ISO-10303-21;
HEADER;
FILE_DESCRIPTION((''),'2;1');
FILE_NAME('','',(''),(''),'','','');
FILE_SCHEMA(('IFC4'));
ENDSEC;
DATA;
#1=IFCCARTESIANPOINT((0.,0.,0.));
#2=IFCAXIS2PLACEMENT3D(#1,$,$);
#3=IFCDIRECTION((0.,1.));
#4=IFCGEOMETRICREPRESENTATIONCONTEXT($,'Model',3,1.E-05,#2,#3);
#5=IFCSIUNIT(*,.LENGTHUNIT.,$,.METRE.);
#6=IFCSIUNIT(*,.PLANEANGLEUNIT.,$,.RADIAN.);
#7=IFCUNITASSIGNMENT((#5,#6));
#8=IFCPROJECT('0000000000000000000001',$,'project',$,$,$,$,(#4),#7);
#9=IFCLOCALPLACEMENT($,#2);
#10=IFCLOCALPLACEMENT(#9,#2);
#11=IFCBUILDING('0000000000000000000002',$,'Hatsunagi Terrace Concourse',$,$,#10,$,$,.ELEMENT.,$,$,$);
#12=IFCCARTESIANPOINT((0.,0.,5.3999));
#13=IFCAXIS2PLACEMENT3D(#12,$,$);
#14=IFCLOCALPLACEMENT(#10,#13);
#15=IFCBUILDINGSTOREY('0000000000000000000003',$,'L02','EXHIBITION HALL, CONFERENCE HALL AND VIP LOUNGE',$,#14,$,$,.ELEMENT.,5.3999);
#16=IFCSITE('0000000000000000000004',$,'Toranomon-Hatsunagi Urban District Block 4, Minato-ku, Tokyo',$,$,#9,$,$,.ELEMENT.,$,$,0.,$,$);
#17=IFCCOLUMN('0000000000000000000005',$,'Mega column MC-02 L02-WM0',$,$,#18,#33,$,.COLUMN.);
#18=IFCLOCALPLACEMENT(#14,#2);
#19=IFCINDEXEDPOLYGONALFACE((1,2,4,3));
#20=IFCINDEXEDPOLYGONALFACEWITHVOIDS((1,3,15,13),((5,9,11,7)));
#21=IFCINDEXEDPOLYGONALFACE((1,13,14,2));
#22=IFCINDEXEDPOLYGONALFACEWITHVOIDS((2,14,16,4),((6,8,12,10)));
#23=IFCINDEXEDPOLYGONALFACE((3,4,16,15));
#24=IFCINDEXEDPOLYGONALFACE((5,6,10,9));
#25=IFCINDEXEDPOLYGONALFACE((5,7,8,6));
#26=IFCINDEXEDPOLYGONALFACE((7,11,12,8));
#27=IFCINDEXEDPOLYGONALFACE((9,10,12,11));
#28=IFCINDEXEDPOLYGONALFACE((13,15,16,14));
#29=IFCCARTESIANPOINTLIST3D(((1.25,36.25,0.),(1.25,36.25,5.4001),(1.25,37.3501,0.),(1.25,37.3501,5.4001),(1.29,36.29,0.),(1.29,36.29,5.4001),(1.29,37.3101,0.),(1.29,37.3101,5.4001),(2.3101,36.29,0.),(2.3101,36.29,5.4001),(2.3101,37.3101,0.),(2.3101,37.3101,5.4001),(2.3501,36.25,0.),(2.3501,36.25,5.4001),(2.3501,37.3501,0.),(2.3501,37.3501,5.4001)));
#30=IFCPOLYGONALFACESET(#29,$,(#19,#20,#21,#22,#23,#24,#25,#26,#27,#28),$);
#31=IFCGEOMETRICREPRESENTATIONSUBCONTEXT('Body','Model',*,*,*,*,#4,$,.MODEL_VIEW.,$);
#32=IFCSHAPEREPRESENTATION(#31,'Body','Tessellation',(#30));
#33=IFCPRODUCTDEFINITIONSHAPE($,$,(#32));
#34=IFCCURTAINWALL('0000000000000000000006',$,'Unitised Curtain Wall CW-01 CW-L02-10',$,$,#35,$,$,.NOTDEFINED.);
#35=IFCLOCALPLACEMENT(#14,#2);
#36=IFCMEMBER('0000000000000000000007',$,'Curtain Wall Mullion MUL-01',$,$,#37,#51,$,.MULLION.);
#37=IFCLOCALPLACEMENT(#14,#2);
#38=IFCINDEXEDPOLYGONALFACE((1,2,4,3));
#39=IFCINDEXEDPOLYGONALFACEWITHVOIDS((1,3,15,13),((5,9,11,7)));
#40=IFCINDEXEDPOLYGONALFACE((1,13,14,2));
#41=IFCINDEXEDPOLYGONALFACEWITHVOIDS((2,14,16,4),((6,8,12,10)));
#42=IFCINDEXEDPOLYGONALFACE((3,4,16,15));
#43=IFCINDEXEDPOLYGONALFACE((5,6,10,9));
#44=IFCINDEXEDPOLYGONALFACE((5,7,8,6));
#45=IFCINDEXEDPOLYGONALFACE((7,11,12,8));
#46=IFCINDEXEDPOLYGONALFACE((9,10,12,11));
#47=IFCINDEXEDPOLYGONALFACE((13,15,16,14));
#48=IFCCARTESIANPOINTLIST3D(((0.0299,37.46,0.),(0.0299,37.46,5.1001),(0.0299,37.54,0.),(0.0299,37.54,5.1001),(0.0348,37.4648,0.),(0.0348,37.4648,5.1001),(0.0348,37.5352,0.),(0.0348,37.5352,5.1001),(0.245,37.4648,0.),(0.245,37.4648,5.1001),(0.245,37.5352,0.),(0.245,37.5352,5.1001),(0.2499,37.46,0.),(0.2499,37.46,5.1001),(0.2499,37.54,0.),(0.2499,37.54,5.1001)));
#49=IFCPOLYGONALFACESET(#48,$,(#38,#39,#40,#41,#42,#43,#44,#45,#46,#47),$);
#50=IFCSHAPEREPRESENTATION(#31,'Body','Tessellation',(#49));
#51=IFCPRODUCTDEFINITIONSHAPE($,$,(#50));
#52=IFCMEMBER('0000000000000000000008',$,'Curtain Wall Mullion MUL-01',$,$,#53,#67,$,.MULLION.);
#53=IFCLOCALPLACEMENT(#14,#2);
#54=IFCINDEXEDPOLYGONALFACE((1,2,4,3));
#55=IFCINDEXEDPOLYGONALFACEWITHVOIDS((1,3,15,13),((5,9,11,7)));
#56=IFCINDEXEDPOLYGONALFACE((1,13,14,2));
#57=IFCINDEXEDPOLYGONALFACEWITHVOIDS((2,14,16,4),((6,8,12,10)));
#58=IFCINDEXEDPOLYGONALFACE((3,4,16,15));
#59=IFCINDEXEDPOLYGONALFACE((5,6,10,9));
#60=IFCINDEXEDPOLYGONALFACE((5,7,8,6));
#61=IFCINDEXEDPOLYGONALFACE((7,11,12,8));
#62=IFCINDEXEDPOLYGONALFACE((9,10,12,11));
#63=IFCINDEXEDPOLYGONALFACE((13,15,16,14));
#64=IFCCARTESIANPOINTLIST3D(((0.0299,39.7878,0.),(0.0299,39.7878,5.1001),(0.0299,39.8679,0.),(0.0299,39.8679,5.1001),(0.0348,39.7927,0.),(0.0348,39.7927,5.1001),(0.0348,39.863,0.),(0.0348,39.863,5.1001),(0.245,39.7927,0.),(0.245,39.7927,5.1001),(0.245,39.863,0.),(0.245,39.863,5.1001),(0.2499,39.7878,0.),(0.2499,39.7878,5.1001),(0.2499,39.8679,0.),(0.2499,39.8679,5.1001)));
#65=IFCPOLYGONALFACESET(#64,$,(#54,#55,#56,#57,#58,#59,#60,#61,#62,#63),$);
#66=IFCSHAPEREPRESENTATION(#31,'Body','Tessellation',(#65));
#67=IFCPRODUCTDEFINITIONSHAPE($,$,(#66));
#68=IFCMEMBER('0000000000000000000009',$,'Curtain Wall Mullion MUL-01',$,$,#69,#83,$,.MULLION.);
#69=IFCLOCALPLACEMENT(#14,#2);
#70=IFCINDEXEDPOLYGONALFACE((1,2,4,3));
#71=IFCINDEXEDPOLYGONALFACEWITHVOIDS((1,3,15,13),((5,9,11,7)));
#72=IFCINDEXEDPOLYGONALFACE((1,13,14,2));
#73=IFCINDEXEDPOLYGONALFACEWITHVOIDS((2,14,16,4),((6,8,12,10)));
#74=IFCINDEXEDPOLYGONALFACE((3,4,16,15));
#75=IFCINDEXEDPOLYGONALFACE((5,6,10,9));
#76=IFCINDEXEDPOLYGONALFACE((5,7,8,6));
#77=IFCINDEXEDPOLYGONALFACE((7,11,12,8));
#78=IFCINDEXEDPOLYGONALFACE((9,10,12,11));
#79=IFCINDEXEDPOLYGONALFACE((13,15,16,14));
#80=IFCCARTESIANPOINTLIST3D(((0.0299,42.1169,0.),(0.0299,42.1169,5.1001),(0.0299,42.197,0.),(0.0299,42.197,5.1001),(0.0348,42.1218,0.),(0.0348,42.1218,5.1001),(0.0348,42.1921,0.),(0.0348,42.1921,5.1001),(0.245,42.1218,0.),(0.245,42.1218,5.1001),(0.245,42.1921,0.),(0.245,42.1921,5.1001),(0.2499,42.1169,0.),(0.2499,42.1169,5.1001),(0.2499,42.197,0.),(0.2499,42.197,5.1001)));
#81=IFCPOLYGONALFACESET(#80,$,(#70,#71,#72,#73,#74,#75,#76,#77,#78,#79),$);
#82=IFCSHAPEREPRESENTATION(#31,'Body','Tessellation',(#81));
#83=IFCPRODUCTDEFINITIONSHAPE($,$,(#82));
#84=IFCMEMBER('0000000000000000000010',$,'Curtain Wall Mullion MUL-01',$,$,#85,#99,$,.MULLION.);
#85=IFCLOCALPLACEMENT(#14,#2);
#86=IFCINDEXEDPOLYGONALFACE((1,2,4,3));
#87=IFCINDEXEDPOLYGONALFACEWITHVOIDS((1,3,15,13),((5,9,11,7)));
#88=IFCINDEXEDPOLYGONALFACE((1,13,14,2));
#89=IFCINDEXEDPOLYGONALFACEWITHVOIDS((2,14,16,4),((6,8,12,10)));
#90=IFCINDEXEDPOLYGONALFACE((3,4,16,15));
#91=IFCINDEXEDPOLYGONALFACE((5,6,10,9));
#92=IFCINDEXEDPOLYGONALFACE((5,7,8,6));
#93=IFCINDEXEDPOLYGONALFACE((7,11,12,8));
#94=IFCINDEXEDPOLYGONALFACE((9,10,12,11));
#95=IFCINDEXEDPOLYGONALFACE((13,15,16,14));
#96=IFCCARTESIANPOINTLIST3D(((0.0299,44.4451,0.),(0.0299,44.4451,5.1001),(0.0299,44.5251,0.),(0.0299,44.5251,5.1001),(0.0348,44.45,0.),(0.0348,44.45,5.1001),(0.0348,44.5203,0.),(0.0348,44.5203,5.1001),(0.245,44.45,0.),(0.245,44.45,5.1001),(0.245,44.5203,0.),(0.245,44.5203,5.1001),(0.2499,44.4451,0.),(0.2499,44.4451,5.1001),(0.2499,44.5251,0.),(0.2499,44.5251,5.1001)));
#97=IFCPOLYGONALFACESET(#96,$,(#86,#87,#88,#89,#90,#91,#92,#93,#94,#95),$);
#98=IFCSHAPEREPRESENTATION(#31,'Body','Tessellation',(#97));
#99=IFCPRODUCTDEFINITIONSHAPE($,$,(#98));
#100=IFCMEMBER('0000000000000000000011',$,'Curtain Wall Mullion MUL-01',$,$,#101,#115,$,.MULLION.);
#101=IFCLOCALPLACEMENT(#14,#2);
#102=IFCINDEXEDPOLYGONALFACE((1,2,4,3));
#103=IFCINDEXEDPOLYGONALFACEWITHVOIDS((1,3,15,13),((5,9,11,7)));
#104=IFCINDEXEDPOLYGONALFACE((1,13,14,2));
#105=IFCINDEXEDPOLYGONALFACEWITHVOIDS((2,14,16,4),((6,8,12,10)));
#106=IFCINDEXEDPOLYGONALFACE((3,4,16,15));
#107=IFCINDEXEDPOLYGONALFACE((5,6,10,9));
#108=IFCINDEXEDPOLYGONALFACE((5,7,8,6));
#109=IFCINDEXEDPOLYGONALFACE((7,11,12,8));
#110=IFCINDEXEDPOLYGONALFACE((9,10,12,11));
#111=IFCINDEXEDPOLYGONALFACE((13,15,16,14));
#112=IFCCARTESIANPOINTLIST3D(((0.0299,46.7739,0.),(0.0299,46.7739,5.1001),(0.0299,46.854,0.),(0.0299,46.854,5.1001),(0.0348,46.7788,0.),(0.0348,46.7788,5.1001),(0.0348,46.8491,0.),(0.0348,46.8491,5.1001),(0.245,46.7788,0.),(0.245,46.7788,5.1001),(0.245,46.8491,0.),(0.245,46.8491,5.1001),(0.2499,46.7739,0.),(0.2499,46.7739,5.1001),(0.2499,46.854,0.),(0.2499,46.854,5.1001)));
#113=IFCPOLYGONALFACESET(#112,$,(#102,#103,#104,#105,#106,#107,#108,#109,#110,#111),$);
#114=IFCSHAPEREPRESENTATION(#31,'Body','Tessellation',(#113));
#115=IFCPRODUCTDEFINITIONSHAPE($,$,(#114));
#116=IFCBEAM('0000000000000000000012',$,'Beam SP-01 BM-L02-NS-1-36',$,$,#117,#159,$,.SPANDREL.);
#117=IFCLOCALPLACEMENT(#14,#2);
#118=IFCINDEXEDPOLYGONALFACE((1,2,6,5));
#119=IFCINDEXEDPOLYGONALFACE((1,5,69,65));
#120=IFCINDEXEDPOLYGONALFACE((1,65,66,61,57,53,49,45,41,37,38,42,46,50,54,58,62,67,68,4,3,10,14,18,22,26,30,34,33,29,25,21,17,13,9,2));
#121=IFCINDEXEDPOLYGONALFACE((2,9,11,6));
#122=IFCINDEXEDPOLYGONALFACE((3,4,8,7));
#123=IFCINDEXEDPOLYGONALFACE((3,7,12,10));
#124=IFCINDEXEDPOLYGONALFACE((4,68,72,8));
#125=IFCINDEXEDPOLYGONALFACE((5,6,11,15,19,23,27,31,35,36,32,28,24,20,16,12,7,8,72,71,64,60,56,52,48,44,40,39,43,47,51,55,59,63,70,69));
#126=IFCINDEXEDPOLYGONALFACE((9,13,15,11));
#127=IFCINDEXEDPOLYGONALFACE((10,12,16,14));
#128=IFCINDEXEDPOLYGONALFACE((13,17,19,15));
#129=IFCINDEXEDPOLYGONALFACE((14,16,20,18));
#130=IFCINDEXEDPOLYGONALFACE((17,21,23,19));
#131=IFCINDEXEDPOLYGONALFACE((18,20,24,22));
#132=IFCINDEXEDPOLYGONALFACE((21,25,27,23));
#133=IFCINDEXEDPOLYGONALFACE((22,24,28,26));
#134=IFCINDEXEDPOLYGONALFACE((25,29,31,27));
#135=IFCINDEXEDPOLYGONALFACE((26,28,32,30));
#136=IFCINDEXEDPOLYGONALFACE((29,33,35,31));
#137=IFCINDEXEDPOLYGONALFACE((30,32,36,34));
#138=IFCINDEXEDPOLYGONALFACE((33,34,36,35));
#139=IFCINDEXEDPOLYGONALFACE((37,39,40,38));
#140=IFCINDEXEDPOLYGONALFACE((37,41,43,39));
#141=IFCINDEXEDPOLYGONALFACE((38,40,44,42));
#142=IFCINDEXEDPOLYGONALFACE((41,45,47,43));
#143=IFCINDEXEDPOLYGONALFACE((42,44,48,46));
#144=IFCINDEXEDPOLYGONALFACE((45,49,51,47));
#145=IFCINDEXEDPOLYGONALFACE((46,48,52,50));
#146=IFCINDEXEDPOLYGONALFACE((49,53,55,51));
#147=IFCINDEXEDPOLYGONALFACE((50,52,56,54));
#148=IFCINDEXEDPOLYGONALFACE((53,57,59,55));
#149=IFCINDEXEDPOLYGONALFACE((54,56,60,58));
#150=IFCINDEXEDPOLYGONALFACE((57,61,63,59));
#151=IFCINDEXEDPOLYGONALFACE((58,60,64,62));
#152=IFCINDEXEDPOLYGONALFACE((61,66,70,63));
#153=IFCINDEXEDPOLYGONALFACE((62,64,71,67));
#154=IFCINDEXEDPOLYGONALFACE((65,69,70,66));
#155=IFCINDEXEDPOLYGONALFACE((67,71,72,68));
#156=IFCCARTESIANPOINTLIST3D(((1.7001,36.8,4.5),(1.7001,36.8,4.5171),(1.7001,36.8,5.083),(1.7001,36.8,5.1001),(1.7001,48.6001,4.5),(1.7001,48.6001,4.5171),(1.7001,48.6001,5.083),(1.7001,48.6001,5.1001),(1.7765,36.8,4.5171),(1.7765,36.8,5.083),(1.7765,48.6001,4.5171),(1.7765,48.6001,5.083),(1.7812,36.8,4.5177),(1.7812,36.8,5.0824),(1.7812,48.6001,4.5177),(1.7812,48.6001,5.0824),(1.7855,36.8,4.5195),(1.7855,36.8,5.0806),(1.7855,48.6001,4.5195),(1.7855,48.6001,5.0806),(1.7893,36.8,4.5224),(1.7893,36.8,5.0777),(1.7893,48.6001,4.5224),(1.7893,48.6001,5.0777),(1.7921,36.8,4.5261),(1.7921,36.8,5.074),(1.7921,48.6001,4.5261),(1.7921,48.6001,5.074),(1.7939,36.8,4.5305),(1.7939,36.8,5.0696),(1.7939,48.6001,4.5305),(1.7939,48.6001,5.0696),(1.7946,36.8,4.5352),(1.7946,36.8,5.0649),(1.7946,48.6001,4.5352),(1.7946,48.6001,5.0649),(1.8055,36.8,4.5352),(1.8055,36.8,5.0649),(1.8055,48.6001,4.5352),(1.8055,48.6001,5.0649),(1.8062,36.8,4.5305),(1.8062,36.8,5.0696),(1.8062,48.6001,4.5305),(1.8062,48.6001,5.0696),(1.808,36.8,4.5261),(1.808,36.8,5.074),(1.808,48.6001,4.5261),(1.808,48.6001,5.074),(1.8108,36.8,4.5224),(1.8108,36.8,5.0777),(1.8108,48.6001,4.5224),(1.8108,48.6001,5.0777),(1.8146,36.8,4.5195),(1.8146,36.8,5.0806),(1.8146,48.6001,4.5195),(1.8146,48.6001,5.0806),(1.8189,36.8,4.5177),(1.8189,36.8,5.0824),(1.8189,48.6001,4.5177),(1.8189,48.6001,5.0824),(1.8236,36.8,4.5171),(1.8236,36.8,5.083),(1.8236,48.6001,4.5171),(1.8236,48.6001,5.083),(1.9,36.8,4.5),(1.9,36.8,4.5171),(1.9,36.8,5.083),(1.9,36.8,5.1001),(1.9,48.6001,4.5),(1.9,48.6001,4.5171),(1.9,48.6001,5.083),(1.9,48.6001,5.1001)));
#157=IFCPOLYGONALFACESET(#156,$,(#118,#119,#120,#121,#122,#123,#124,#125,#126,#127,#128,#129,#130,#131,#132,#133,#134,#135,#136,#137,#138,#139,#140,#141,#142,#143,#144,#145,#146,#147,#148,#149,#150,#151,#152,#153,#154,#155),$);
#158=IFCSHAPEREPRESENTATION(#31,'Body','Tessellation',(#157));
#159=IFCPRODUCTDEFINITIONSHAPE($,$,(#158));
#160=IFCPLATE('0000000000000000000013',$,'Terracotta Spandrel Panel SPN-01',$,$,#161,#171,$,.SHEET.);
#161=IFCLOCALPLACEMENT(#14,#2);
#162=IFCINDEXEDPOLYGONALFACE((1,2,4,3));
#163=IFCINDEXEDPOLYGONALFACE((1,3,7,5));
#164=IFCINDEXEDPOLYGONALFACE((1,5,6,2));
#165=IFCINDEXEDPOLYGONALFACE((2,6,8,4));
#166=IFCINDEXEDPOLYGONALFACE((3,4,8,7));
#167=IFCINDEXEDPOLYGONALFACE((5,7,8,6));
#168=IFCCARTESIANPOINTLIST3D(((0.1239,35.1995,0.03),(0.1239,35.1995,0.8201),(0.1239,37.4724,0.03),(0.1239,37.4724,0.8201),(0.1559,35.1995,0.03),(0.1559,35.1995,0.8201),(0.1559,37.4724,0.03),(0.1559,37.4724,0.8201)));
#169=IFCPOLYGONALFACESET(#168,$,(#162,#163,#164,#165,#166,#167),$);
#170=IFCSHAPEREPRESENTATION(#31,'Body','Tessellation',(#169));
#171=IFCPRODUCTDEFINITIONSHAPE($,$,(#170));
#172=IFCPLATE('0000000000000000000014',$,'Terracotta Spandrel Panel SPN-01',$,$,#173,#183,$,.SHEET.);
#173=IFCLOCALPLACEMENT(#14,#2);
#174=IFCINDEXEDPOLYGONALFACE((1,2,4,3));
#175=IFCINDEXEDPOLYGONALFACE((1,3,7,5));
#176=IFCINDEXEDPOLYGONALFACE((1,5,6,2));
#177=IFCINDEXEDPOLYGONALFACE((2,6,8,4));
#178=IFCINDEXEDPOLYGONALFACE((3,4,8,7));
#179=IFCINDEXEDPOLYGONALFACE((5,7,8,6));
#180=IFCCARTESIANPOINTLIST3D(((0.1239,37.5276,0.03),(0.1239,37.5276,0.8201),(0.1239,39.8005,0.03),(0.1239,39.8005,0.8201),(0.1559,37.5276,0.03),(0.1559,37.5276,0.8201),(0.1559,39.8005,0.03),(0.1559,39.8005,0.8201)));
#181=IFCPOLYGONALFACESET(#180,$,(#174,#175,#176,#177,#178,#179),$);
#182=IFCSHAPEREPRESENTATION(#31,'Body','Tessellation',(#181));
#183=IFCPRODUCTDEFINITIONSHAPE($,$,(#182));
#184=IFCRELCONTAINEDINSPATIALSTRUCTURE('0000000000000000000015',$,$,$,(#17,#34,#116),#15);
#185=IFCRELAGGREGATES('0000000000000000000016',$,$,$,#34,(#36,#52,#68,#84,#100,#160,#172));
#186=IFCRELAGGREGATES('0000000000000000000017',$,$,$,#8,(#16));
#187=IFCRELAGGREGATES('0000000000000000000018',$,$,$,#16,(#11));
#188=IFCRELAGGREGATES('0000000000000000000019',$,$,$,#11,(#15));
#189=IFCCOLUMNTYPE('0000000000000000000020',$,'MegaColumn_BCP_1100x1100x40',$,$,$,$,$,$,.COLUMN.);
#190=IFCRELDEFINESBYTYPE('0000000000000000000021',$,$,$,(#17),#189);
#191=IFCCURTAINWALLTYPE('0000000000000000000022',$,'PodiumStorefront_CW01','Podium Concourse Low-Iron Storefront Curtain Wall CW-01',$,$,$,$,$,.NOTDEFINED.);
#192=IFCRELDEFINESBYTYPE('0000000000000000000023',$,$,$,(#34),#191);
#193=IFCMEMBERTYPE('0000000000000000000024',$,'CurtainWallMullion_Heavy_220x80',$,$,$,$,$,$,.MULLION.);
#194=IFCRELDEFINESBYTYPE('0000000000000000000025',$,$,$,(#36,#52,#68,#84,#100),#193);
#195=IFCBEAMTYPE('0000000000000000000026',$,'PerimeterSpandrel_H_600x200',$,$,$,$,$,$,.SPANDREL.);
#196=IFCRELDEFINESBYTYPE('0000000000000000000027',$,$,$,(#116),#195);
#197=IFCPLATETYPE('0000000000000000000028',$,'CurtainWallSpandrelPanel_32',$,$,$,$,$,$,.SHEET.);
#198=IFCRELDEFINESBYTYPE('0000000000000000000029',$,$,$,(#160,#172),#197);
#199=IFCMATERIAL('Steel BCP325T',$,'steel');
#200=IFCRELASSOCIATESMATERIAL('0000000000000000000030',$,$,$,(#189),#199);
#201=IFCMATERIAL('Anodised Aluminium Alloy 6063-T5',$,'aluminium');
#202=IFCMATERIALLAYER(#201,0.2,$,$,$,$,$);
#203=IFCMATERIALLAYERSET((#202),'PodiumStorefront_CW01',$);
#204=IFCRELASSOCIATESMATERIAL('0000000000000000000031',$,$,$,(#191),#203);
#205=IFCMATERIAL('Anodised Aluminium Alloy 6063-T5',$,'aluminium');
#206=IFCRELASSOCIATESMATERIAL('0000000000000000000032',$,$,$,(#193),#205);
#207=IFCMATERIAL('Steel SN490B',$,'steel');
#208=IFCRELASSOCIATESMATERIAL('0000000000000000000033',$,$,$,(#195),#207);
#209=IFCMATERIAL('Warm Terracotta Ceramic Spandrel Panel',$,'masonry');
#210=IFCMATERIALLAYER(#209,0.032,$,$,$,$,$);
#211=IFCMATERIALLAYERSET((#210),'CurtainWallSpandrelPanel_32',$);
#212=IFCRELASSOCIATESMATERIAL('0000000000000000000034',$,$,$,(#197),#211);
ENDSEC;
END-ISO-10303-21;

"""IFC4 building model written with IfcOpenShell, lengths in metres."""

from ifc_helpers import new_model, si_unit, direction, frame, origin, origin_2d, place, context, subcontext, project, spatial, rectangle, hollow_rectangle, i_section, extrude, material, layer, layer_set, material_profile, profile_set, type_object, element, aggregate, save


model = new_model("IFC4")

# Units and contexts
model_context = context("Model", 3, precision=1e-05, world=origin(), true_north=direction((0.0, 1.0)))
body_context = subcontext(model_context, "Body", "Model", "MODEL_VIEW")
ifc_project = project(units=[si_unit("LENGTHUNIT", "METRE"), si_unit("PLANEANGLEUNIT", "RADIAN")], contexts=[model_context])

# Site, building, storey
site_placement = place(None, origin())
site = spatial("IfcSite", under=ifc_project, at=site_placement, Name="Toranomon-Hatsunagi Urban District Block 4, Minato-ku, Tokyo", CompositionType="ELEMENT", RefElevation=0.0)
building_placement = place(site_placement, origin())
building = spatial("IfcBuilding", under=site, at=building_placement, Name="Hatsunagi Terrace Concourse", CompositionType="ELEMENT")
storey_placement = place(building_placement, frame((0.0, 0.0, 5.3999)))
storey = spatial("IfcBuildingStorey", under=building, at=storey_placement, Name="L02", Description="EXHIBITION HALL, CONFERENCE HALL AND VIP LOUNGE", CompositionType="ELEMENT", Elevation=5.3999)

# Column
ifc_material_1 = material(Name="Steel BCP325T", Category="steel")
ifc_material_profile_1 = material_profile(ifc_material_1, hollow_rectangle(XDim=1.1001, YDim=1.1001, WallThickness=0.04, at=origin_2d()), Name="BCP-1100x1100x40")
ifc_profile_set_1 = profile_set([ifc_material_profile_1], Name="Steel BCP325T")
column_type = type_object("IfcColumnType", Name="MegaColumn_BCP_1100x1100x40", PredefinedType="COLUMN", material=ifc_profile_set_1)
column_placement = place(storey_placement, frame((1.8, 36.8, 0.0), z_axis=(0.0, 0.0, 1.0), x_axis=(1.0, 0.0, 0.0)))
element("IfcColumn", 1, at=column_placement, inside=storey, type_object=column_type, Name="Mega column MC-02 L02-WM0", PredefinedType="COLUMN", context=body_context, shape_type="SweptSolid", body=[
    extrude(hollow_rectangle(XDim=1.1001, YDim=1.1001, WallThickness=0.04, at=origin_2d()), origin(), (0.0, 0.0, 1.0), 5.4001),
])

# Curtain wall, members
ifc_material_2 = material(Name="Anodised Aluminium Alloy 6063-T5", Category="aluminium")
ifc_layer_1 = layer(ifc_material_2, 0.2)
ifc_layer_set_1 = layer_set([ifc_layer_1], Name="PodiumStorefront_CW01")
curtain_wall_type = type_object("IfcCurtainWallType", Name="PodiumStorefront_CW01", Description="Podium Concourse Low-Iron Storefront Curtain Wall CW-01", PredefinedType="NOTDEFINED", material=ifc_layer_set_1)
curtain_wall_placement = place(storey_placement, origin())
curtain_wall = element("IfcCurtainWall", 2, at=curtain_wall_placement, inside=storey, type_object=curtain_wall_type, Name="Unitised Curtain Wall CW-01 CW-L02-10", PredefinedType="NOTDEFINED")
ifc_material_3 = material(Name="Anodised Aluminium Alloy 6063-T5", Category="aluminium")
ifc_material_profile_2 = material_profile(ifc_material_3, hollow_rectangle(XDim=0.0801, YDim=0.22, WallThickness=0.0049, at=origin_2d()), Name="ALU-MUL-220x80x5")
ifc_profile_set_2 = profile_set([ifc_material_profile_2], Name="Anodised Aluminium Alloy 6063-T5")
member_type = type_object("IfcMemberType", Name="CurtainWallMullion_Heavy_220x80", PredefinedType="MULLION", material=ifc_profile_set_2)
member_1_placement = place(storey_placement, frame((0.1399, 37.5, 0.0), z_axis=(0.0, 0.0, 1.0), x_axis=(0.0, 1.0, 0.0)))
member_1 = element("IfcMember", 3, at=member_1_placement, type_object=member_type, Name="Curtain Wall Mullion MUL-01", PredefinedType="MULLION", context=body_context, shape_type="SweptSolid", body=[
    extrude(hollow_rectangle(XDim=0.0801, YDim=0.22, WallThickness=0.0049, at=origin_2d()), origin(), (0.0, 0.0, 1.0), 5.1001),
])
member_2_placement = place(storey_placement, frame((0.1399, 39.8279, 0.0), z_axis=(0.0, 0.0, 1.0), x_axis=(0.0, 1.0, 0.0)))
member_2 = element("IfcMember", 4, at=member_2_placement, type_object=member_type, Name="Curtain Wall Mullion MUL-01", PredefinedType="MULLION", context=body_context, shape_type="SweptSolid", body=[
    extrude(hollow_rectangle(XDim=0.0801, YDim=0.22, WallThickness=0.0049, at=origin_2d()), origin(), (0.0, 0.0, 1.0), 5.1001),
])
member_3_placement = place(storey_placement, frame((0.1399, 42.157, 0.0), z_axis=(0.0, 0.0, 1.0), x_axis=(0.0, 1.0, 0.0)))
member_3 = element("IfcMember", 5, at=member_3_placement, type_object=member_type, Name="Curtain Wall Mullion MUL-01", PredefinedType="MULLION", context=body_context, shape_type="SweptSolid", body=[
    extrude(hollow_rectangle(XDim=0.0801, YDim=0.22, WallThickness=0.0049, at=origin_2d()), origin(), (0.0, 0.0, 1.0), 5.1001),
])
member_4_placement = place(storey_placement, frame((0.1399, 44.4851, 0.0), z_axis=(0.0, 0.0, 1.0), x_axis=(0.0, 1.0, 0.0)))
member_4 = element("IfcMember", 6, at=member_4_placement, type_object=member_type, Name="Curtain Wall Mullion MUL-01", PredefinedType="MULLION", context=body_context, shape_type="SweptSolid", body=[
    extrude(hollow_rectangle(XDim=0.0801, YDim=0.22, WallThickness=0.0049, at=origin_2d()), origin(), (0.0, 0.0, 1.0), 5.1001),
])
member_5_placement = place(storey_placement, frame((0.1399, 46.814, 0.0), z_axis=(0.0, 0.0, 1.0), x_axis=(0.0, 1.0, 0.0)))
member_5 = element("IfcMember", 7, at=member_5_placement, type_object=member_type, Name="Curtain Wall Mullion MUL-01", PredefinedType="MULLION", context=body_context, shape_type="SweptSolid", body=[
    extrude(hollow_rectangle(XDim=0.0801, YDim=0.22, WallThickness=0.0049, at=origin_2d()), origin(), (0.0, 0.0, 1.0), 5.1001),
])

# Beam
ifc_material_4 = material(Name="Steel SN490B", Category="steel")
ifc_material_profile_3 = material_profile(ifc_material_4, i_section(OverallWidth=0.2, OverallDepth=0.6001, WebThickness=0.011, FlangeThickness=0.0171, FilletRadius=0.0181, at=origin_2d()), Name="H-600x200x11x17")
ifc_profile_set_3 = profile_set([ifc_material_profile_3], Name="Steel SN490B")
beam_type = type_object("IfcBeamType", Name="PerimeterSpandrel_H_600x200", PredefinedType="SPANDREL", material=ifc_profile_set_3)
beam_placement = place(storey_placement, frame((1.8, 36.8, 4.8), z_axis=(0.0, 1.0, 0.0), x_axis=(-1.0, 0.0, 0.0)))
element("IfcBeam", 8, at=beam_placement, inside=storey, type_object=beam_type, Name="Beam SP-01 BM-L02-NS-1-36", PredefinedType="SPANDREL", context=body_context, shape_type="SweptSolid", body=[
    extrude(i_section(OverallWidth=0.2, OverallDepth=0.6001, WebThickness=0.011, FlangeThickness=0.0171, FilletRadius=0.0181, at=origin_2d()), origin(), (0.0, 0.0, 1.0), 11.8),
])

# Plates
ifc_material_5 = material(Name="Warm Terracotta Ceramic Spandrel Panel", Category="masonry")
ifc_layer_2 = layer(ifc_material_5, 0.032)
ifc_layer_set_2 = layer_set([ifc_layer_2], Name="CurtainWallSpandrelPanel_32")
plate_type_1 = type_object("IfcPlateType", Name="CurtainWallSpandrelPanel_32", PredefinedType="SHEET", material=ifc_layer_set_2)
plate_1_placement = place(storey_placement, frame((0.1399, 36.3359, 0.03), z_axis=(0.0, 0.0, 1.0), x_axis=(0.0, 1.0, 0.0)))
plate_1 = element("IfcPlate", 9, at=plate_1_placement, type_object=plate_type_1, Name="Terracotta Spandrel Panel SPN-01", PredefinedType="SHEET", context=body_context, shape_type="SweptSolid", body=[
    extrude(rectangle(XDim=2.2729, YDim=0.032, at=origin_2d()), origin(), (0.0, 0.0, 1.0), 0.79),
])
plate_2_placement = place(storey_placement, frame((0.1399, 38.6641, 0.03), z_axis=(0.0, 0.0, 1.0), x_axis=(0.0, 1.0, 0.0)))
plate_2 = element("IfcPlate", 10, at=plate_2_placement, type_object=plate_type_1, Name="Terracotta Spandrel Panel SPN-01", PredefinedType="SHEET", context=body_context, shape_type="SweptSolid", body=[
    extrude(rectangle(XDim=2.2729, YDim=0.032, at=origin_2d()), origin(), (0.0, 0.0, 1.0), 0.79),
])
aggregate(curtain_wall, [member_1, member_2, member_3, member_4, member_5, plate_1, plate_2])

save(model, "model.ifc")
